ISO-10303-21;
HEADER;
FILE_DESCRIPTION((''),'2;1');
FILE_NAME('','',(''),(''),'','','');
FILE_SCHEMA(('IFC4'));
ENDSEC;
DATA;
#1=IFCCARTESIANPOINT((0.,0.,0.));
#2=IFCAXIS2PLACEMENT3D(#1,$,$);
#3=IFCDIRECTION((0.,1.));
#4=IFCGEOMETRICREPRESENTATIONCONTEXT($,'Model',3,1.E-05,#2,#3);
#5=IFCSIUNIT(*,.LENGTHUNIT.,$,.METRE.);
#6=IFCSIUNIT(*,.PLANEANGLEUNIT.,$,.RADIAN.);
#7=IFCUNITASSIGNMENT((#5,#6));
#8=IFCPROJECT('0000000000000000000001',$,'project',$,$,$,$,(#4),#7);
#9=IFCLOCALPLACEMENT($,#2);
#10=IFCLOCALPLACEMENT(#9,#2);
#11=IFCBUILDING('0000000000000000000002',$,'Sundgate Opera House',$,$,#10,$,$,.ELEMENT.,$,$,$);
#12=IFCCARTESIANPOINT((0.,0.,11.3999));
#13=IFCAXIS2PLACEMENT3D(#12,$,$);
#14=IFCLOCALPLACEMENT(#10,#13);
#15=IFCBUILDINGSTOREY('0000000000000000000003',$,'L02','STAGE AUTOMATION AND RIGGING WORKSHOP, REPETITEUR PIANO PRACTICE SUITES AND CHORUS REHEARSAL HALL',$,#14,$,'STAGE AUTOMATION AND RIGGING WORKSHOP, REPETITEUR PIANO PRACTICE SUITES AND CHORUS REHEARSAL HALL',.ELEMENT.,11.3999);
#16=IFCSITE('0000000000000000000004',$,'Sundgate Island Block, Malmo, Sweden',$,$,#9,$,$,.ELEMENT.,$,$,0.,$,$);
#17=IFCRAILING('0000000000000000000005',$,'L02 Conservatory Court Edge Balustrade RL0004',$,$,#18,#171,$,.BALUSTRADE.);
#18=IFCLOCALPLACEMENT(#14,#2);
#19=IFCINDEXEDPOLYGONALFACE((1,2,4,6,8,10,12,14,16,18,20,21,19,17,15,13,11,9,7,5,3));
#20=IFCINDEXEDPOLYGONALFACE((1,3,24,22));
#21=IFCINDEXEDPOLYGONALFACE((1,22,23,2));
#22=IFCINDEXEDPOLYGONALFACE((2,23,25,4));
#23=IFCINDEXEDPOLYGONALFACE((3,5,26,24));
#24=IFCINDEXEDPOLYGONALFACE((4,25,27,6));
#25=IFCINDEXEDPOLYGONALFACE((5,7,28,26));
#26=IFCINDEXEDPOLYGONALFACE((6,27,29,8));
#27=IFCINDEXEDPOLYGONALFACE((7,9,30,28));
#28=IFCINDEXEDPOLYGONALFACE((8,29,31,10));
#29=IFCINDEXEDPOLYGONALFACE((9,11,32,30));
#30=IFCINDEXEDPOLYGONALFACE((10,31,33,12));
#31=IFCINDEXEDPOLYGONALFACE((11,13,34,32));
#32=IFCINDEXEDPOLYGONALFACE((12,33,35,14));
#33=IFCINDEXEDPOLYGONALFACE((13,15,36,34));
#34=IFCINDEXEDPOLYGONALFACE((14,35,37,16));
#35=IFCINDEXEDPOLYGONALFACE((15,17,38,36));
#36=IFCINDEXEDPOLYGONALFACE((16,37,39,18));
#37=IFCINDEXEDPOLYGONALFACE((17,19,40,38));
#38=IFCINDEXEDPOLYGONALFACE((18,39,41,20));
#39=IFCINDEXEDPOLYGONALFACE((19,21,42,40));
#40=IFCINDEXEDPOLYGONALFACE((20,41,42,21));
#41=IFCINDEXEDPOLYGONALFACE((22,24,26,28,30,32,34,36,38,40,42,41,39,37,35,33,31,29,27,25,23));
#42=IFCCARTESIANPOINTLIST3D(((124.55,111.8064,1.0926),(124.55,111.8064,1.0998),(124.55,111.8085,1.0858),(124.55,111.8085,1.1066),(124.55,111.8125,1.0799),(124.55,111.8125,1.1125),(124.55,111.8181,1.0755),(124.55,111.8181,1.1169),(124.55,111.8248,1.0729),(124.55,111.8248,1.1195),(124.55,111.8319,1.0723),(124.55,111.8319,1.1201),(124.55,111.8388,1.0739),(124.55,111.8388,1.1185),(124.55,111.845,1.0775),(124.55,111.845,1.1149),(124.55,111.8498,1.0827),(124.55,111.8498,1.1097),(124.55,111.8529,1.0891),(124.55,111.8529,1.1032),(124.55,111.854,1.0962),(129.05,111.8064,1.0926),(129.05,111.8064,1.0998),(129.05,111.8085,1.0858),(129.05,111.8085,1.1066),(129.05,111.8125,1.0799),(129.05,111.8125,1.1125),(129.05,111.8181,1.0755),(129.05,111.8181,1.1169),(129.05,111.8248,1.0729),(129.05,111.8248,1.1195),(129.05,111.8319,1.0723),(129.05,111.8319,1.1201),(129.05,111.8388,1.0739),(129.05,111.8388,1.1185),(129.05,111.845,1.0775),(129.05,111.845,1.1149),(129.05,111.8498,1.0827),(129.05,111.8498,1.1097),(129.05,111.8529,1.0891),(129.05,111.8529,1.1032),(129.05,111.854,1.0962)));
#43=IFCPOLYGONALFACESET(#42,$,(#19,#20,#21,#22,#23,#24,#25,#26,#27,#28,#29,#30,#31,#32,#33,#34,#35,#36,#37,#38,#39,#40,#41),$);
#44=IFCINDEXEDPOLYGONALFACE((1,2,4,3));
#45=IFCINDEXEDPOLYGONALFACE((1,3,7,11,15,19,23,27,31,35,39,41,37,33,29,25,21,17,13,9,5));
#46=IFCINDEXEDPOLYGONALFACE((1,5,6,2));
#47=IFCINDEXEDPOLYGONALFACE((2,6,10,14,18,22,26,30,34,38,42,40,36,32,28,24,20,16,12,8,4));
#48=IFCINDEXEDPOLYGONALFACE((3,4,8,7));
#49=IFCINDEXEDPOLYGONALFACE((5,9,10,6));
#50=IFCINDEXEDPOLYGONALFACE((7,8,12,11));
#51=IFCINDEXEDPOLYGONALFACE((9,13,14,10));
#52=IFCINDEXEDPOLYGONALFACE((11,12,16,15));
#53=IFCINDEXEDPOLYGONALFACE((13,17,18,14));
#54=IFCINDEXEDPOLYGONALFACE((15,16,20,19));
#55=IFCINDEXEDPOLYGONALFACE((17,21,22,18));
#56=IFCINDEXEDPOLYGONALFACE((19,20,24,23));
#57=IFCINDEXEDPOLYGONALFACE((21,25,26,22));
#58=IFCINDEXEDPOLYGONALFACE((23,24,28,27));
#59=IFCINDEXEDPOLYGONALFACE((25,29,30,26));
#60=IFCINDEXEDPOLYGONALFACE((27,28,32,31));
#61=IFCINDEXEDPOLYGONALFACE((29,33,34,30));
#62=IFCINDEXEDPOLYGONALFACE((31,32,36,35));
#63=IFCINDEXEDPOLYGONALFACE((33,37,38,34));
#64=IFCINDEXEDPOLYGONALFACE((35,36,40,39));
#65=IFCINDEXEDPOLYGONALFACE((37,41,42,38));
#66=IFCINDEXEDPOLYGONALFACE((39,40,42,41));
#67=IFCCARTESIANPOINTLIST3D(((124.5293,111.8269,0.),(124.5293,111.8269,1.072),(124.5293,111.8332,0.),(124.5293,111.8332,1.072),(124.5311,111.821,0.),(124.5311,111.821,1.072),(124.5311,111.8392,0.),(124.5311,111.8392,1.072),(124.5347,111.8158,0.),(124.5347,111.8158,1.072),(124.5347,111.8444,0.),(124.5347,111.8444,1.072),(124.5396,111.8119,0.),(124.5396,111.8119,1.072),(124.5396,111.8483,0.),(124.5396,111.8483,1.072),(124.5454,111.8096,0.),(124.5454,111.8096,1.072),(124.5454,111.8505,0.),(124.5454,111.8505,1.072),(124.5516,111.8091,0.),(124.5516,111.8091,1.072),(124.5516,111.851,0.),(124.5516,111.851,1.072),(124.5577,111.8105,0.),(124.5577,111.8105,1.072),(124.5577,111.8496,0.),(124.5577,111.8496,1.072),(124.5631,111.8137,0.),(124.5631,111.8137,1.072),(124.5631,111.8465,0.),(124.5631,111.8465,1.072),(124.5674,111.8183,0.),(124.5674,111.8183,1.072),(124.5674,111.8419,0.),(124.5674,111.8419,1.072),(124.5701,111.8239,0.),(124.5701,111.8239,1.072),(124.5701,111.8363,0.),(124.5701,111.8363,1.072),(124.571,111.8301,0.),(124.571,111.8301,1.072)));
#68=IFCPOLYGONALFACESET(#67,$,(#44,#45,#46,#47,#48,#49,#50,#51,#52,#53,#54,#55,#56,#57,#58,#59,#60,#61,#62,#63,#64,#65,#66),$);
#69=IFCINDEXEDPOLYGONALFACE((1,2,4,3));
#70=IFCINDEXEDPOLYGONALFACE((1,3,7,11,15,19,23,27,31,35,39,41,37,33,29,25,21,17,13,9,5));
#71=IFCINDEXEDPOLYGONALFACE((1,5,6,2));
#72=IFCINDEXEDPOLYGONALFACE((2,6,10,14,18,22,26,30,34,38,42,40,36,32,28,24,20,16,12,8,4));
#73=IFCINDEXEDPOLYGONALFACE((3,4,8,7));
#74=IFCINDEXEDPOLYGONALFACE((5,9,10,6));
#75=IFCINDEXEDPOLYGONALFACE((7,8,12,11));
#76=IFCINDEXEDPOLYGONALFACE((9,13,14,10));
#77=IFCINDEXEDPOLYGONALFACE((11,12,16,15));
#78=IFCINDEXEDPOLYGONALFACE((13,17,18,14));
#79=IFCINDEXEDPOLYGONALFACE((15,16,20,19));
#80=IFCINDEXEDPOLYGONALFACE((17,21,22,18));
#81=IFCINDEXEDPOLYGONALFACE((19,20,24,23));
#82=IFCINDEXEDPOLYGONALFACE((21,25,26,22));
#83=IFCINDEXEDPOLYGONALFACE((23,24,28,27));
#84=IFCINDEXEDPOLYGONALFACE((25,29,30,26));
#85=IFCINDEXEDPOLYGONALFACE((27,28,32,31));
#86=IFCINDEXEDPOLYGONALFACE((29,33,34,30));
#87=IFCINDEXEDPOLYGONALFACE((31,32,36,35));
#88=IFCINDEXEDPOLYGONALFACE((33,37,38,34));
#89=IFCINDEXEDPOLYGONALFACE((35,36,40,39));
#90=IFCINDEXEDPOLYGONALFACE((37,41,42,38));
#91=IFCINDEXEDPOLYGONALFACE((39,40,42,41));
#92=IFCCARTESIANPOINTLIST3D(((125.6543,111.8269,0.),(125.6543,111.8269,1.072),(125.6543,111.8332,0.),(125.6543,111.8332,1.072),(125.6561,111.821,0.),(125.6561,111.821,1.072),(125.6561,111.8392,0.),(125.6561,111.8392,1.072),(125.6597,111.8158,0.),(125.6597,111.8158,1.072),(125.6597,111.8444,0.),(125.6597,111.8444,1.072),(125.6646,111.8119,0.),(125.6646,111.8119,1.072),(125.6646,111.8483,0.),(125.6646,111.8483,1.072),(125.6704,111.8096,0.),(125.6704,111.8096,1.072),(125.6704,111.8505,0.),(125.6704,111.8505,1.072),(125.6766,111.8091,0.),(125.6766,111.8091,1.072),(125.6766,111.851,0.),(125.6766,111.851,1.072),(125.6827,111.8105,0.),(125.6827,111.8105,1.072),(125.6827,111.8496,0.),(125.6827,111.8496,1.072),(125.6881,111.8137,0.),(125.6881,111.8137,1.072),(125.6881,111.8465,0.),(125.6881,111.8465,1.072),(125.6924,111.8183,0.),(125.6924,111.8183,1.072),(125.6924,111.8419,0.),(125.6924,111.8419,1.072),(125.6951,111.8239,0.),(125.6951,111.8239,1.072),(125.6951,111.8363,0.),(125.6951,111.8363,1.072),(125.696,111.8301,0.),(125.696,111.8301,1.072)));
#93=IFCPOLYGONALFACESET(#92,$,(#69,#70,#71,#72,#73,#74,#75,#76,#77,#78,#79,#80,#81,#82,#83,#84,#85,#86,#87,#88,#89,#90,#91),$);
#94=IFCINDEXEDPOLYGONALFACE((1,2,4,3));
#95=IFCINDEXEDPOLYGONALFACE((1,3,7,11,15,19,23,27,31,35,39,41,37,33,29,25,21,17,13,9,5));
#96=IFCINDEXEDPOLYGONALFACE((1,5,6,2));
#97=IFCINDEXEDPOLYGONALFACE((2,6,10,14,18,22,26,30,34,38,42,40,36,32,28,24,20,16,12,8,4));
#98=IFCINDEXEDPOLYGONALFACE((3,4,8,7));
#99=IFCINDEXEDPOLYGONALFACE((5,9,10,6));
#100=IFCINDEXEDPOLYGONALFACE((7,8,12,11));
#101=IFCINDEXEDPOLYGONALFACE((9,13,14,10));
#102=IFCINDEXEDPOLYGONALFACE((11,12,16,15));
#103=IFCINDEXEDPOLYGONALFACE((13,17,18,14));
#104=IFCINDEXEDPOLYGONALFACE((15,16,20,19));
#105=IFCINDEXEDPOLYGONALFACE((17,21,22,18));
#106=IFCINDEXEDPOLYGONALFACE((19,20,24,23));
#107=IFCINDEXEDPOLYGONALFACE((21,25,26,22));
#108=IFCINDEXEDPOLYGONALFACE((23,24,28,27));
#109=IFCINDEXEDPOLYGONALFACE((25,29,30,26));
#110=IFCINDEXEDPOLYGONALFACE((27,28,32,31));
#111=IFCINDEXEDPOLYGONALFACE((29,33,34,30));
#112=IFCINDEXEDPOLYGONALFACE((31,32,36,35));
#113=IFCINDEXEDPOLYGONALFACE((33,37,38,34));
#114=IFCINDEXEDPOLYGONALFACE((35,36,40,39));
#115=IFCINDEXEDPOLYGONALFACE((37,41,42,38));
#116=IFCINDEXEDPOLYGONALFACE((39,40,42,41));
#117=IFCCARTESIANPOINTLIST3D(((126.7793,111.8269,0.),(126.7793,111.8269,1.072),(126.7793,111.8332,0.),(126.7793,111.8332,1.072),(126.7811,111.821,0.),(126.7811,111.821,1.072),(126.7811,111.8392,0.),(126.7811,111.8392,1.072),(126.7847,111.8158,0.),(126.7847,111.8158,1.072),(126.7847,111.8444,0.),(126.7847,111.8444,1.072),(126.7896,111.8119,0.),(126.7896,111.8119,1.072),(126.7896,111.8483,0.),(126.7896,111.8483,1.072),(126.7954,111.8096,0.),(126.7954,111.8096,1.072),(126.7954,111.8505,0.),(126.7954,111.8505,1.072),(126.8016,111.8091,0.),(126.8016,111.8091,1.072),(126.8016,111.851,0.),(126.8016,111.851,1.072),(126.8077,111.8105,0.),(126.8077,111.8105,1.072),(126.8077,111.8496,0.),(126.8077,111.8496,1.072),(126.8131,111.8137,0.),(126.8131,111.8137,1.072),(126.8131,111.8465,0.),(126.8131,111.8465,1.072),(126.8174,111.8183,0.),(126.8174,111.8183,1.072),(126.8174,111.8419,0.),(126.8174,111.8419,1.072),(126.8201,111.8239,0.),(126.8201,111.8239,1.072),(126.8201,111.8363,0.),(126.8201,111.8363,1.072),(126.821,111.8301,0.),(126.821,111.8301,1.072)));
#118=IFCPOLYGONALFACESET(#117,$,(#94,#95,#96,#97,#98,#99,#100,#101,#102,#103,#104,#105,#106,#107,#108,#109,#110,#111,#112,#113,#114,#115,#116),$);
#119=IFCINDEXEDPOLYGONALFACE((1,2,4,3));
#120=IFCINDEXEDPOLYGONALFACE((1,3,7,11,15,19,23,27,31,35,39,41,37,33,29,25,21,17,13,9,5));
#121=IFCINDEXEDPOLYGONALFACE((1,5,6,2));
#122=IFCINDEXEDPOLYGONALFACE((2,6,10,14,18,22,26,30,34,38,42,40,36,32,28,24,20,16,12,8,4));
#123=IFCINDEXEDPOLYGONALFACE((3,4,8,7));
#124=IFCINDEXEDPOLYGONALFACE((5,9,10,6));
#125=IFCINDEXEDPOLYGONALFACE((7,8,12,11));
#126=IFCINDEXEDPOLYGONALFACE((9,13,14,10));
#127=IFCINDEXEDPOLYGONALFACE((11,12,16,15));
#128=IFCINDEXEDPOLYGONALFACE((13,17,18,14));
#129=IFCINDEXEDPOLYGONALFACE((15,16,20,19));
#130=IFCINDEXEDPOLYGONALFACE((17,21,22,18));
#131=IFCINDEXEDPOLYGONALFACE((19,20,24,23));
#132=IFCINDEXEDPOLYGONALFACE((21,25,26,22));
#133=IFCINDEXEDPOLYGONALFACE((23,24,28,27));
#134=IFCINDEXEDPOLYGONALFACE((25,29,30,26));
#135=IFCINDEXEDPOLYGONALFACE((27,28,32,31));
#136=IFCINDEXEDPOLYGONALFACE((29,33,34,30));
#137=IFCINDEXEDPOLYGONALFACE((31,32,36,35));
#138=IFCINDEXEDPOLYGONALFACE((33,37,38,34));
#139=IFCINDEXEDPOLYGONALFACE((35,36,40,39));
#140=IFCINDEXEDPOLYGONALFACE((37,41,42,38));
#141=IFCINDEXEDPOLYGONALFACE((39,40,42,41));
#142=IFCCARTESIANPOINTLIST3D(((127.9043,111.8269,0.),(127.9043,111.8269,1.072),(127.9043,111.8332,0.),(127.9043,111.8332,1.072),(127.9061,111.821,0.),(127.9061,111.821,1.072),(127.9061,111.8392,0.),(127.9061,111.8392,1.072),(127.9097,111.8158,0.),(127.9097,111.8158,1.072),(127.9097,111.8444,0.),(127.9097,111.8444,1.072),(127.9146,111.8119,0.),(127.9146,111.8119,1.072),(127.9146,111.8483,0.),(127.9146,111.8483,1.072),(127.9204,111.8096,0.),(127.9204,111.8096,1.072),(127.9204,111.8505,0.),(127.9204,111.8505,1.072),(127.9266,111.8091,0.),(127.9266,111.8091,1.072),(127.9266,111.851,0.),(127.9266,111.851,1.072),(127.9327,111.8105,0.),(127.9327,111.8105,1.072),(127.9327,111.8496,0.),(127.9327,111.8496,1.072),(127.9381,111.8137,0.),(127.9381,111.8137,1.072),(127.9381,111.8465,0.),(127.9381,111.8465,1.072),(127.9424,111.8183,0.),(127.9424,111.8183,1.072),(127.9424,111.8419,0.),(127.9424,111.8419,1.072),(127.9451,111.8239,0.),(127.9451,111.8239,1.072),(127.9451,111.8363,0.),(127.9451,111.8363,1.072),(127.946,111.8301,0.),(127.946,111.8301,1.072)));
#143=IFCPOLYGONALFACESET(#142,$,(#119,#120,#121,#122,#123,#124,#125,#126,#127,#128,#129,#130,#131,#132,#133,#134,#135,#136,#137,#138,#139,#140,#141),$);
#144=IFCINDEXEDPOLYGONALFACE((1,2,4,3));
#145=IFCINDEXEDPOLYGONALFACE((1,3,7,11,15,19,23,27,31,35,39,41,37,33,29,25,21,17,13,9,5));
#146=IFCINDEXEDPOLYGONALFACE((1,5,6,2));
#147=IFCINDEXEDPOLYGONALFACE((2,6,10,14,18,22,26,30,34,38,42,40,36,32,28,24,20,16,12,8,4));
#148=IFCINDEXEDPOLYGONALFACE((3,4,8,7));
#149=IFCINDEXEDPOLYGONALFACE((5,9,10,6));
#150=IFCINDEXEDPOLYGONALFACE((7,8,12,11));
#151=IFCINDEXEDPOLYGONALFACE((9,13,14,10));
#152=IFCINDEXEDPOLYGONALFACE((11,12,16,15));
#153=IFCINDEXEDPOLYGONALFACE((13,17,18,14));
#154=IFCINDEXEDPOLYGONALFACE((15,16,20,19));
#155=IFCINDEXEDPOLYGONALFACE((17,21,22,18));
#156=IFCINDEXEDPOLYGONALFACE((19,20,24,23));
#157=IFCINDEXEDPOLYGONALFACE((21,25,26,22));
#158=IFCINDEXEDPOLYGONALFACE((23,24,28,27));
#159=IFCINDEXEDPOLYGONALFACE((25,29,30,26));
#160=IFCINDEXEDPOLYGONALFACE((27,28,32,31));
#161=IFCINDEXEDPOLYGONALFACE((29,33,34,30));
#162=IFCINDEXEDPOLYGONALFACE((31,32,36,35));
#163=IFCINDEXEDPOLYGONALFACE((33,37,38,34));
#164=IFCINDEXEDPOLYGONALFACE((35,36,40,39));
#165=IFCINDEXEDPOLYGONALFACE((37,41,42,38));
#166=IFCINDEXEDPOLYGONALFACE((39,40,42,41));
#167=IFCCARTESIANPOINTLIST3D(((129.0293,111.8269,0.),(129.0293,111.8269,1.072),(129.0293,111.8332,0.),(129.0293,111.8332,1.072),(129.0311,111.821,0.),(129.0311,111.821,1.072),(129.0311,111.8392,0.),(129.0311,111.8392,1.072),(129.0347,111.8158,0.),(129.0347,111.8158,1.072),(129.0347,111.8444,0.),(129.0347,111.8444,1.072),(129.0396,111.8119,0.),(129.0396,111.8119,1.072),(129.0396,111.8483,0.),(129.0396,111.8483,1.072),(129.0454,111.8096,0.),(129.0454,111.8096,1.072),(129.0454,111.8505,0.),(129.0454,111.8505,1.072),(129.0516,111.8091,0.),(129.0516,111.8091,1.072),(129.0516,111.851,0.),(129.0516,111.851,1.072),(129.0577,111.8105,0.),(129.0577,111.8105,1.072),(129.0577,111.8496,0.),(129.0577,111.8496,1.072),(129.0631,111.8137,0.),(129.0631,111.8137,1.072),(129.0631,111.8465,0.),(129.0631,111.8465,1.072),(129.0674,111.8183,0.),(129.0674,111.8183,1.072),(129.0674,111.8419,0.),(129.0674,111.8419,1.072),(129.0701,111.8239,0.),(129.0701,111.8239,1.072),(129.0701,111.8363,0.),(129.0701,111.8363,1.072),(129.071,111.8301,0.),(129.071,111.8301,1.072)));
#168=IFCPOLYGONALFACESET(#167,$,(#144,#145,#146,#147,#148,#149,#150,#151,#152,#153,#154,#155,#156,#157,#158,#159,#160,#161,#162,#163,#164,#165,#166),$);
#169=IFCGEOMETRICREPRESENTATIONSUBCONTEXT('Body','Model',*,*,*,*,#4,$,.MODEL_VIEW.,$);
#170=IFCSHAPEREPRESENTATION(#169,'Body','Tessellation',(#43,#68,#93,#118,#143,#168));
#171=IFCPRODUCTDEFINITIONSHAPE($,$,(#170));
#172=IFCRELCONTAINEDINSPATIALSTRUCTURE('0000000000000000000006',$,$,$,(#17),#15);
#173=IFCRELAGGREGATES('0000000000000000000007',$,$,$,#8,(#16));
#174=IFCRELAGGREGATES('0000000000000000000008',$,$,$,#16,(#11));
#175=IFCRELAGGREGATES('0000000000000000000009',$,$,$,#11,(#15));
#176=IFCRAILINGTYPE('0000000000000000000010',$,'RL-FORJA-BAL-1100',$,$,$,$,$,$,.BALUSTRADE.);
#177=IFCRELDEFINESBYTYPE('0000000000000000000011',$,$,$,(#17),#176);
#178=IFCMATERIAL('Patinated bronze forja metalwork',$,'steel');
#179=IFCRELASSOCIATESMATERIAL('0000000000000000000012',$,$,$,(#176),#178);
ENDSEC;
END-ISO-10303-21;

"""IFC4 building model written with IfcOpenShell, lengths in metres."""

from ifc_helpers import new_model, si_unit, direction, frame, origin, origin_2d, place, context, subcontext, project, spatial, circle, extrude, material, type_object, element, save


model = new_model("IFC4")

# Units and contexts
model_context = context("Model", 3, precision=1e-05, world=origin(), true_north=direction((0.0, 1.0)))
body_context = subcontext(model_context, "Body", "Model", "MODEL_VIEW")
ifc_project = project(units=[si_unit("LENGTHUNIT", "METRE"), si_unit("PLANEANGLEUNIT", "RADIAN")], contexts=[model_context])

# Site, building, storey
site_placement = place(None, origin())
site = spatial("IfcSite", under=ifc_project, at=site_placement, Name="Sundgate Island Block, Malmo, Sweden", CompositionType="ELEMENT", RefElevation=0.0)
building_placement = place(site_placement, origin())
building = spatial("IfcBuilding", under=site, at=building_placement, Name="Sundgate Opera House", CompositionType="ELEMENT")
storey_placement = place(building_placement, frame((0.0, 0.0, 11.3999)))
storey = spatial("IfcBuildingStorey", under=building, at=storey_placement, Name="L02", Description="STAGE AUTOMATION AND RIGGING WORKSHOP, REPETITEUR PIANO PRACTICE SUITES AND CHORUS REHEARSAL HALL", LongName="STAGE AUTOMATION AND RIGGING WORKSHOP, REPETITEUR PIANO PRACTICE SUITES AND CHORUS REHEARSAL HALL", CompositionType="ELEMENT", Elevation=11.3999)

# Railing
ifc_material_1 = material(Name="Patinated bronze forja metalwork", Category="steel")
railing_type = type_object("IfcRailingType", Name="RL-FORJA-BAL-1100", PredefinedType="BALUSTRADE", material=ifc_material_1)
railing_1_placement = place(storey_placement, frame((124.55, 111.8301, 0.0)))
element("IfcRailing", 1, at=railing_1_placement, inside=storey, type_object=railing_type, Name="L02 Conservatory Court Edge Balustrade RL0004", PredefinedType="BALUSTRADE", context=body_context, shape_type="SweptSolid", body=[
    extrude(circle(Radius=0.0239, at=origin_2d()), frame((0.0, 0.0, 1.0962), z_axis=(1.0, 0.0, 0.0), x_axis=(0.0, 1.0, 0.0)), (0.0, 0.0, 1.0), 4.5),
    extrude(circle(Radius=0.021, at=origin_2d()), origin(), (0.0, 0.0, 1.0), 1.072),
    extrude(circle(Radius=0.021, at=origin_2d()), frame((1.125, 0.0, 0.0)), (0.0, 0.0, 1.0), 1.072),
    extrude(circle(Radius=0.021, at=origin_2d()), frame((2.25, 0.0, 0.0)), (0.0, 0.0, 1.0), 1.072),
    extrude(circle(Radius=0.021, at=origin_2d()), frame((3.375, 0.0, 0.0)), (0.0, 0.0, 1.0), 1.072),
    extrude(circle(Radius=0.021, at=origin_2d()), frame((4.5, 0.0, 0.0)), (0.0, 0.0, 1.0), 1.072),
])

save(model, "model.ifc")
